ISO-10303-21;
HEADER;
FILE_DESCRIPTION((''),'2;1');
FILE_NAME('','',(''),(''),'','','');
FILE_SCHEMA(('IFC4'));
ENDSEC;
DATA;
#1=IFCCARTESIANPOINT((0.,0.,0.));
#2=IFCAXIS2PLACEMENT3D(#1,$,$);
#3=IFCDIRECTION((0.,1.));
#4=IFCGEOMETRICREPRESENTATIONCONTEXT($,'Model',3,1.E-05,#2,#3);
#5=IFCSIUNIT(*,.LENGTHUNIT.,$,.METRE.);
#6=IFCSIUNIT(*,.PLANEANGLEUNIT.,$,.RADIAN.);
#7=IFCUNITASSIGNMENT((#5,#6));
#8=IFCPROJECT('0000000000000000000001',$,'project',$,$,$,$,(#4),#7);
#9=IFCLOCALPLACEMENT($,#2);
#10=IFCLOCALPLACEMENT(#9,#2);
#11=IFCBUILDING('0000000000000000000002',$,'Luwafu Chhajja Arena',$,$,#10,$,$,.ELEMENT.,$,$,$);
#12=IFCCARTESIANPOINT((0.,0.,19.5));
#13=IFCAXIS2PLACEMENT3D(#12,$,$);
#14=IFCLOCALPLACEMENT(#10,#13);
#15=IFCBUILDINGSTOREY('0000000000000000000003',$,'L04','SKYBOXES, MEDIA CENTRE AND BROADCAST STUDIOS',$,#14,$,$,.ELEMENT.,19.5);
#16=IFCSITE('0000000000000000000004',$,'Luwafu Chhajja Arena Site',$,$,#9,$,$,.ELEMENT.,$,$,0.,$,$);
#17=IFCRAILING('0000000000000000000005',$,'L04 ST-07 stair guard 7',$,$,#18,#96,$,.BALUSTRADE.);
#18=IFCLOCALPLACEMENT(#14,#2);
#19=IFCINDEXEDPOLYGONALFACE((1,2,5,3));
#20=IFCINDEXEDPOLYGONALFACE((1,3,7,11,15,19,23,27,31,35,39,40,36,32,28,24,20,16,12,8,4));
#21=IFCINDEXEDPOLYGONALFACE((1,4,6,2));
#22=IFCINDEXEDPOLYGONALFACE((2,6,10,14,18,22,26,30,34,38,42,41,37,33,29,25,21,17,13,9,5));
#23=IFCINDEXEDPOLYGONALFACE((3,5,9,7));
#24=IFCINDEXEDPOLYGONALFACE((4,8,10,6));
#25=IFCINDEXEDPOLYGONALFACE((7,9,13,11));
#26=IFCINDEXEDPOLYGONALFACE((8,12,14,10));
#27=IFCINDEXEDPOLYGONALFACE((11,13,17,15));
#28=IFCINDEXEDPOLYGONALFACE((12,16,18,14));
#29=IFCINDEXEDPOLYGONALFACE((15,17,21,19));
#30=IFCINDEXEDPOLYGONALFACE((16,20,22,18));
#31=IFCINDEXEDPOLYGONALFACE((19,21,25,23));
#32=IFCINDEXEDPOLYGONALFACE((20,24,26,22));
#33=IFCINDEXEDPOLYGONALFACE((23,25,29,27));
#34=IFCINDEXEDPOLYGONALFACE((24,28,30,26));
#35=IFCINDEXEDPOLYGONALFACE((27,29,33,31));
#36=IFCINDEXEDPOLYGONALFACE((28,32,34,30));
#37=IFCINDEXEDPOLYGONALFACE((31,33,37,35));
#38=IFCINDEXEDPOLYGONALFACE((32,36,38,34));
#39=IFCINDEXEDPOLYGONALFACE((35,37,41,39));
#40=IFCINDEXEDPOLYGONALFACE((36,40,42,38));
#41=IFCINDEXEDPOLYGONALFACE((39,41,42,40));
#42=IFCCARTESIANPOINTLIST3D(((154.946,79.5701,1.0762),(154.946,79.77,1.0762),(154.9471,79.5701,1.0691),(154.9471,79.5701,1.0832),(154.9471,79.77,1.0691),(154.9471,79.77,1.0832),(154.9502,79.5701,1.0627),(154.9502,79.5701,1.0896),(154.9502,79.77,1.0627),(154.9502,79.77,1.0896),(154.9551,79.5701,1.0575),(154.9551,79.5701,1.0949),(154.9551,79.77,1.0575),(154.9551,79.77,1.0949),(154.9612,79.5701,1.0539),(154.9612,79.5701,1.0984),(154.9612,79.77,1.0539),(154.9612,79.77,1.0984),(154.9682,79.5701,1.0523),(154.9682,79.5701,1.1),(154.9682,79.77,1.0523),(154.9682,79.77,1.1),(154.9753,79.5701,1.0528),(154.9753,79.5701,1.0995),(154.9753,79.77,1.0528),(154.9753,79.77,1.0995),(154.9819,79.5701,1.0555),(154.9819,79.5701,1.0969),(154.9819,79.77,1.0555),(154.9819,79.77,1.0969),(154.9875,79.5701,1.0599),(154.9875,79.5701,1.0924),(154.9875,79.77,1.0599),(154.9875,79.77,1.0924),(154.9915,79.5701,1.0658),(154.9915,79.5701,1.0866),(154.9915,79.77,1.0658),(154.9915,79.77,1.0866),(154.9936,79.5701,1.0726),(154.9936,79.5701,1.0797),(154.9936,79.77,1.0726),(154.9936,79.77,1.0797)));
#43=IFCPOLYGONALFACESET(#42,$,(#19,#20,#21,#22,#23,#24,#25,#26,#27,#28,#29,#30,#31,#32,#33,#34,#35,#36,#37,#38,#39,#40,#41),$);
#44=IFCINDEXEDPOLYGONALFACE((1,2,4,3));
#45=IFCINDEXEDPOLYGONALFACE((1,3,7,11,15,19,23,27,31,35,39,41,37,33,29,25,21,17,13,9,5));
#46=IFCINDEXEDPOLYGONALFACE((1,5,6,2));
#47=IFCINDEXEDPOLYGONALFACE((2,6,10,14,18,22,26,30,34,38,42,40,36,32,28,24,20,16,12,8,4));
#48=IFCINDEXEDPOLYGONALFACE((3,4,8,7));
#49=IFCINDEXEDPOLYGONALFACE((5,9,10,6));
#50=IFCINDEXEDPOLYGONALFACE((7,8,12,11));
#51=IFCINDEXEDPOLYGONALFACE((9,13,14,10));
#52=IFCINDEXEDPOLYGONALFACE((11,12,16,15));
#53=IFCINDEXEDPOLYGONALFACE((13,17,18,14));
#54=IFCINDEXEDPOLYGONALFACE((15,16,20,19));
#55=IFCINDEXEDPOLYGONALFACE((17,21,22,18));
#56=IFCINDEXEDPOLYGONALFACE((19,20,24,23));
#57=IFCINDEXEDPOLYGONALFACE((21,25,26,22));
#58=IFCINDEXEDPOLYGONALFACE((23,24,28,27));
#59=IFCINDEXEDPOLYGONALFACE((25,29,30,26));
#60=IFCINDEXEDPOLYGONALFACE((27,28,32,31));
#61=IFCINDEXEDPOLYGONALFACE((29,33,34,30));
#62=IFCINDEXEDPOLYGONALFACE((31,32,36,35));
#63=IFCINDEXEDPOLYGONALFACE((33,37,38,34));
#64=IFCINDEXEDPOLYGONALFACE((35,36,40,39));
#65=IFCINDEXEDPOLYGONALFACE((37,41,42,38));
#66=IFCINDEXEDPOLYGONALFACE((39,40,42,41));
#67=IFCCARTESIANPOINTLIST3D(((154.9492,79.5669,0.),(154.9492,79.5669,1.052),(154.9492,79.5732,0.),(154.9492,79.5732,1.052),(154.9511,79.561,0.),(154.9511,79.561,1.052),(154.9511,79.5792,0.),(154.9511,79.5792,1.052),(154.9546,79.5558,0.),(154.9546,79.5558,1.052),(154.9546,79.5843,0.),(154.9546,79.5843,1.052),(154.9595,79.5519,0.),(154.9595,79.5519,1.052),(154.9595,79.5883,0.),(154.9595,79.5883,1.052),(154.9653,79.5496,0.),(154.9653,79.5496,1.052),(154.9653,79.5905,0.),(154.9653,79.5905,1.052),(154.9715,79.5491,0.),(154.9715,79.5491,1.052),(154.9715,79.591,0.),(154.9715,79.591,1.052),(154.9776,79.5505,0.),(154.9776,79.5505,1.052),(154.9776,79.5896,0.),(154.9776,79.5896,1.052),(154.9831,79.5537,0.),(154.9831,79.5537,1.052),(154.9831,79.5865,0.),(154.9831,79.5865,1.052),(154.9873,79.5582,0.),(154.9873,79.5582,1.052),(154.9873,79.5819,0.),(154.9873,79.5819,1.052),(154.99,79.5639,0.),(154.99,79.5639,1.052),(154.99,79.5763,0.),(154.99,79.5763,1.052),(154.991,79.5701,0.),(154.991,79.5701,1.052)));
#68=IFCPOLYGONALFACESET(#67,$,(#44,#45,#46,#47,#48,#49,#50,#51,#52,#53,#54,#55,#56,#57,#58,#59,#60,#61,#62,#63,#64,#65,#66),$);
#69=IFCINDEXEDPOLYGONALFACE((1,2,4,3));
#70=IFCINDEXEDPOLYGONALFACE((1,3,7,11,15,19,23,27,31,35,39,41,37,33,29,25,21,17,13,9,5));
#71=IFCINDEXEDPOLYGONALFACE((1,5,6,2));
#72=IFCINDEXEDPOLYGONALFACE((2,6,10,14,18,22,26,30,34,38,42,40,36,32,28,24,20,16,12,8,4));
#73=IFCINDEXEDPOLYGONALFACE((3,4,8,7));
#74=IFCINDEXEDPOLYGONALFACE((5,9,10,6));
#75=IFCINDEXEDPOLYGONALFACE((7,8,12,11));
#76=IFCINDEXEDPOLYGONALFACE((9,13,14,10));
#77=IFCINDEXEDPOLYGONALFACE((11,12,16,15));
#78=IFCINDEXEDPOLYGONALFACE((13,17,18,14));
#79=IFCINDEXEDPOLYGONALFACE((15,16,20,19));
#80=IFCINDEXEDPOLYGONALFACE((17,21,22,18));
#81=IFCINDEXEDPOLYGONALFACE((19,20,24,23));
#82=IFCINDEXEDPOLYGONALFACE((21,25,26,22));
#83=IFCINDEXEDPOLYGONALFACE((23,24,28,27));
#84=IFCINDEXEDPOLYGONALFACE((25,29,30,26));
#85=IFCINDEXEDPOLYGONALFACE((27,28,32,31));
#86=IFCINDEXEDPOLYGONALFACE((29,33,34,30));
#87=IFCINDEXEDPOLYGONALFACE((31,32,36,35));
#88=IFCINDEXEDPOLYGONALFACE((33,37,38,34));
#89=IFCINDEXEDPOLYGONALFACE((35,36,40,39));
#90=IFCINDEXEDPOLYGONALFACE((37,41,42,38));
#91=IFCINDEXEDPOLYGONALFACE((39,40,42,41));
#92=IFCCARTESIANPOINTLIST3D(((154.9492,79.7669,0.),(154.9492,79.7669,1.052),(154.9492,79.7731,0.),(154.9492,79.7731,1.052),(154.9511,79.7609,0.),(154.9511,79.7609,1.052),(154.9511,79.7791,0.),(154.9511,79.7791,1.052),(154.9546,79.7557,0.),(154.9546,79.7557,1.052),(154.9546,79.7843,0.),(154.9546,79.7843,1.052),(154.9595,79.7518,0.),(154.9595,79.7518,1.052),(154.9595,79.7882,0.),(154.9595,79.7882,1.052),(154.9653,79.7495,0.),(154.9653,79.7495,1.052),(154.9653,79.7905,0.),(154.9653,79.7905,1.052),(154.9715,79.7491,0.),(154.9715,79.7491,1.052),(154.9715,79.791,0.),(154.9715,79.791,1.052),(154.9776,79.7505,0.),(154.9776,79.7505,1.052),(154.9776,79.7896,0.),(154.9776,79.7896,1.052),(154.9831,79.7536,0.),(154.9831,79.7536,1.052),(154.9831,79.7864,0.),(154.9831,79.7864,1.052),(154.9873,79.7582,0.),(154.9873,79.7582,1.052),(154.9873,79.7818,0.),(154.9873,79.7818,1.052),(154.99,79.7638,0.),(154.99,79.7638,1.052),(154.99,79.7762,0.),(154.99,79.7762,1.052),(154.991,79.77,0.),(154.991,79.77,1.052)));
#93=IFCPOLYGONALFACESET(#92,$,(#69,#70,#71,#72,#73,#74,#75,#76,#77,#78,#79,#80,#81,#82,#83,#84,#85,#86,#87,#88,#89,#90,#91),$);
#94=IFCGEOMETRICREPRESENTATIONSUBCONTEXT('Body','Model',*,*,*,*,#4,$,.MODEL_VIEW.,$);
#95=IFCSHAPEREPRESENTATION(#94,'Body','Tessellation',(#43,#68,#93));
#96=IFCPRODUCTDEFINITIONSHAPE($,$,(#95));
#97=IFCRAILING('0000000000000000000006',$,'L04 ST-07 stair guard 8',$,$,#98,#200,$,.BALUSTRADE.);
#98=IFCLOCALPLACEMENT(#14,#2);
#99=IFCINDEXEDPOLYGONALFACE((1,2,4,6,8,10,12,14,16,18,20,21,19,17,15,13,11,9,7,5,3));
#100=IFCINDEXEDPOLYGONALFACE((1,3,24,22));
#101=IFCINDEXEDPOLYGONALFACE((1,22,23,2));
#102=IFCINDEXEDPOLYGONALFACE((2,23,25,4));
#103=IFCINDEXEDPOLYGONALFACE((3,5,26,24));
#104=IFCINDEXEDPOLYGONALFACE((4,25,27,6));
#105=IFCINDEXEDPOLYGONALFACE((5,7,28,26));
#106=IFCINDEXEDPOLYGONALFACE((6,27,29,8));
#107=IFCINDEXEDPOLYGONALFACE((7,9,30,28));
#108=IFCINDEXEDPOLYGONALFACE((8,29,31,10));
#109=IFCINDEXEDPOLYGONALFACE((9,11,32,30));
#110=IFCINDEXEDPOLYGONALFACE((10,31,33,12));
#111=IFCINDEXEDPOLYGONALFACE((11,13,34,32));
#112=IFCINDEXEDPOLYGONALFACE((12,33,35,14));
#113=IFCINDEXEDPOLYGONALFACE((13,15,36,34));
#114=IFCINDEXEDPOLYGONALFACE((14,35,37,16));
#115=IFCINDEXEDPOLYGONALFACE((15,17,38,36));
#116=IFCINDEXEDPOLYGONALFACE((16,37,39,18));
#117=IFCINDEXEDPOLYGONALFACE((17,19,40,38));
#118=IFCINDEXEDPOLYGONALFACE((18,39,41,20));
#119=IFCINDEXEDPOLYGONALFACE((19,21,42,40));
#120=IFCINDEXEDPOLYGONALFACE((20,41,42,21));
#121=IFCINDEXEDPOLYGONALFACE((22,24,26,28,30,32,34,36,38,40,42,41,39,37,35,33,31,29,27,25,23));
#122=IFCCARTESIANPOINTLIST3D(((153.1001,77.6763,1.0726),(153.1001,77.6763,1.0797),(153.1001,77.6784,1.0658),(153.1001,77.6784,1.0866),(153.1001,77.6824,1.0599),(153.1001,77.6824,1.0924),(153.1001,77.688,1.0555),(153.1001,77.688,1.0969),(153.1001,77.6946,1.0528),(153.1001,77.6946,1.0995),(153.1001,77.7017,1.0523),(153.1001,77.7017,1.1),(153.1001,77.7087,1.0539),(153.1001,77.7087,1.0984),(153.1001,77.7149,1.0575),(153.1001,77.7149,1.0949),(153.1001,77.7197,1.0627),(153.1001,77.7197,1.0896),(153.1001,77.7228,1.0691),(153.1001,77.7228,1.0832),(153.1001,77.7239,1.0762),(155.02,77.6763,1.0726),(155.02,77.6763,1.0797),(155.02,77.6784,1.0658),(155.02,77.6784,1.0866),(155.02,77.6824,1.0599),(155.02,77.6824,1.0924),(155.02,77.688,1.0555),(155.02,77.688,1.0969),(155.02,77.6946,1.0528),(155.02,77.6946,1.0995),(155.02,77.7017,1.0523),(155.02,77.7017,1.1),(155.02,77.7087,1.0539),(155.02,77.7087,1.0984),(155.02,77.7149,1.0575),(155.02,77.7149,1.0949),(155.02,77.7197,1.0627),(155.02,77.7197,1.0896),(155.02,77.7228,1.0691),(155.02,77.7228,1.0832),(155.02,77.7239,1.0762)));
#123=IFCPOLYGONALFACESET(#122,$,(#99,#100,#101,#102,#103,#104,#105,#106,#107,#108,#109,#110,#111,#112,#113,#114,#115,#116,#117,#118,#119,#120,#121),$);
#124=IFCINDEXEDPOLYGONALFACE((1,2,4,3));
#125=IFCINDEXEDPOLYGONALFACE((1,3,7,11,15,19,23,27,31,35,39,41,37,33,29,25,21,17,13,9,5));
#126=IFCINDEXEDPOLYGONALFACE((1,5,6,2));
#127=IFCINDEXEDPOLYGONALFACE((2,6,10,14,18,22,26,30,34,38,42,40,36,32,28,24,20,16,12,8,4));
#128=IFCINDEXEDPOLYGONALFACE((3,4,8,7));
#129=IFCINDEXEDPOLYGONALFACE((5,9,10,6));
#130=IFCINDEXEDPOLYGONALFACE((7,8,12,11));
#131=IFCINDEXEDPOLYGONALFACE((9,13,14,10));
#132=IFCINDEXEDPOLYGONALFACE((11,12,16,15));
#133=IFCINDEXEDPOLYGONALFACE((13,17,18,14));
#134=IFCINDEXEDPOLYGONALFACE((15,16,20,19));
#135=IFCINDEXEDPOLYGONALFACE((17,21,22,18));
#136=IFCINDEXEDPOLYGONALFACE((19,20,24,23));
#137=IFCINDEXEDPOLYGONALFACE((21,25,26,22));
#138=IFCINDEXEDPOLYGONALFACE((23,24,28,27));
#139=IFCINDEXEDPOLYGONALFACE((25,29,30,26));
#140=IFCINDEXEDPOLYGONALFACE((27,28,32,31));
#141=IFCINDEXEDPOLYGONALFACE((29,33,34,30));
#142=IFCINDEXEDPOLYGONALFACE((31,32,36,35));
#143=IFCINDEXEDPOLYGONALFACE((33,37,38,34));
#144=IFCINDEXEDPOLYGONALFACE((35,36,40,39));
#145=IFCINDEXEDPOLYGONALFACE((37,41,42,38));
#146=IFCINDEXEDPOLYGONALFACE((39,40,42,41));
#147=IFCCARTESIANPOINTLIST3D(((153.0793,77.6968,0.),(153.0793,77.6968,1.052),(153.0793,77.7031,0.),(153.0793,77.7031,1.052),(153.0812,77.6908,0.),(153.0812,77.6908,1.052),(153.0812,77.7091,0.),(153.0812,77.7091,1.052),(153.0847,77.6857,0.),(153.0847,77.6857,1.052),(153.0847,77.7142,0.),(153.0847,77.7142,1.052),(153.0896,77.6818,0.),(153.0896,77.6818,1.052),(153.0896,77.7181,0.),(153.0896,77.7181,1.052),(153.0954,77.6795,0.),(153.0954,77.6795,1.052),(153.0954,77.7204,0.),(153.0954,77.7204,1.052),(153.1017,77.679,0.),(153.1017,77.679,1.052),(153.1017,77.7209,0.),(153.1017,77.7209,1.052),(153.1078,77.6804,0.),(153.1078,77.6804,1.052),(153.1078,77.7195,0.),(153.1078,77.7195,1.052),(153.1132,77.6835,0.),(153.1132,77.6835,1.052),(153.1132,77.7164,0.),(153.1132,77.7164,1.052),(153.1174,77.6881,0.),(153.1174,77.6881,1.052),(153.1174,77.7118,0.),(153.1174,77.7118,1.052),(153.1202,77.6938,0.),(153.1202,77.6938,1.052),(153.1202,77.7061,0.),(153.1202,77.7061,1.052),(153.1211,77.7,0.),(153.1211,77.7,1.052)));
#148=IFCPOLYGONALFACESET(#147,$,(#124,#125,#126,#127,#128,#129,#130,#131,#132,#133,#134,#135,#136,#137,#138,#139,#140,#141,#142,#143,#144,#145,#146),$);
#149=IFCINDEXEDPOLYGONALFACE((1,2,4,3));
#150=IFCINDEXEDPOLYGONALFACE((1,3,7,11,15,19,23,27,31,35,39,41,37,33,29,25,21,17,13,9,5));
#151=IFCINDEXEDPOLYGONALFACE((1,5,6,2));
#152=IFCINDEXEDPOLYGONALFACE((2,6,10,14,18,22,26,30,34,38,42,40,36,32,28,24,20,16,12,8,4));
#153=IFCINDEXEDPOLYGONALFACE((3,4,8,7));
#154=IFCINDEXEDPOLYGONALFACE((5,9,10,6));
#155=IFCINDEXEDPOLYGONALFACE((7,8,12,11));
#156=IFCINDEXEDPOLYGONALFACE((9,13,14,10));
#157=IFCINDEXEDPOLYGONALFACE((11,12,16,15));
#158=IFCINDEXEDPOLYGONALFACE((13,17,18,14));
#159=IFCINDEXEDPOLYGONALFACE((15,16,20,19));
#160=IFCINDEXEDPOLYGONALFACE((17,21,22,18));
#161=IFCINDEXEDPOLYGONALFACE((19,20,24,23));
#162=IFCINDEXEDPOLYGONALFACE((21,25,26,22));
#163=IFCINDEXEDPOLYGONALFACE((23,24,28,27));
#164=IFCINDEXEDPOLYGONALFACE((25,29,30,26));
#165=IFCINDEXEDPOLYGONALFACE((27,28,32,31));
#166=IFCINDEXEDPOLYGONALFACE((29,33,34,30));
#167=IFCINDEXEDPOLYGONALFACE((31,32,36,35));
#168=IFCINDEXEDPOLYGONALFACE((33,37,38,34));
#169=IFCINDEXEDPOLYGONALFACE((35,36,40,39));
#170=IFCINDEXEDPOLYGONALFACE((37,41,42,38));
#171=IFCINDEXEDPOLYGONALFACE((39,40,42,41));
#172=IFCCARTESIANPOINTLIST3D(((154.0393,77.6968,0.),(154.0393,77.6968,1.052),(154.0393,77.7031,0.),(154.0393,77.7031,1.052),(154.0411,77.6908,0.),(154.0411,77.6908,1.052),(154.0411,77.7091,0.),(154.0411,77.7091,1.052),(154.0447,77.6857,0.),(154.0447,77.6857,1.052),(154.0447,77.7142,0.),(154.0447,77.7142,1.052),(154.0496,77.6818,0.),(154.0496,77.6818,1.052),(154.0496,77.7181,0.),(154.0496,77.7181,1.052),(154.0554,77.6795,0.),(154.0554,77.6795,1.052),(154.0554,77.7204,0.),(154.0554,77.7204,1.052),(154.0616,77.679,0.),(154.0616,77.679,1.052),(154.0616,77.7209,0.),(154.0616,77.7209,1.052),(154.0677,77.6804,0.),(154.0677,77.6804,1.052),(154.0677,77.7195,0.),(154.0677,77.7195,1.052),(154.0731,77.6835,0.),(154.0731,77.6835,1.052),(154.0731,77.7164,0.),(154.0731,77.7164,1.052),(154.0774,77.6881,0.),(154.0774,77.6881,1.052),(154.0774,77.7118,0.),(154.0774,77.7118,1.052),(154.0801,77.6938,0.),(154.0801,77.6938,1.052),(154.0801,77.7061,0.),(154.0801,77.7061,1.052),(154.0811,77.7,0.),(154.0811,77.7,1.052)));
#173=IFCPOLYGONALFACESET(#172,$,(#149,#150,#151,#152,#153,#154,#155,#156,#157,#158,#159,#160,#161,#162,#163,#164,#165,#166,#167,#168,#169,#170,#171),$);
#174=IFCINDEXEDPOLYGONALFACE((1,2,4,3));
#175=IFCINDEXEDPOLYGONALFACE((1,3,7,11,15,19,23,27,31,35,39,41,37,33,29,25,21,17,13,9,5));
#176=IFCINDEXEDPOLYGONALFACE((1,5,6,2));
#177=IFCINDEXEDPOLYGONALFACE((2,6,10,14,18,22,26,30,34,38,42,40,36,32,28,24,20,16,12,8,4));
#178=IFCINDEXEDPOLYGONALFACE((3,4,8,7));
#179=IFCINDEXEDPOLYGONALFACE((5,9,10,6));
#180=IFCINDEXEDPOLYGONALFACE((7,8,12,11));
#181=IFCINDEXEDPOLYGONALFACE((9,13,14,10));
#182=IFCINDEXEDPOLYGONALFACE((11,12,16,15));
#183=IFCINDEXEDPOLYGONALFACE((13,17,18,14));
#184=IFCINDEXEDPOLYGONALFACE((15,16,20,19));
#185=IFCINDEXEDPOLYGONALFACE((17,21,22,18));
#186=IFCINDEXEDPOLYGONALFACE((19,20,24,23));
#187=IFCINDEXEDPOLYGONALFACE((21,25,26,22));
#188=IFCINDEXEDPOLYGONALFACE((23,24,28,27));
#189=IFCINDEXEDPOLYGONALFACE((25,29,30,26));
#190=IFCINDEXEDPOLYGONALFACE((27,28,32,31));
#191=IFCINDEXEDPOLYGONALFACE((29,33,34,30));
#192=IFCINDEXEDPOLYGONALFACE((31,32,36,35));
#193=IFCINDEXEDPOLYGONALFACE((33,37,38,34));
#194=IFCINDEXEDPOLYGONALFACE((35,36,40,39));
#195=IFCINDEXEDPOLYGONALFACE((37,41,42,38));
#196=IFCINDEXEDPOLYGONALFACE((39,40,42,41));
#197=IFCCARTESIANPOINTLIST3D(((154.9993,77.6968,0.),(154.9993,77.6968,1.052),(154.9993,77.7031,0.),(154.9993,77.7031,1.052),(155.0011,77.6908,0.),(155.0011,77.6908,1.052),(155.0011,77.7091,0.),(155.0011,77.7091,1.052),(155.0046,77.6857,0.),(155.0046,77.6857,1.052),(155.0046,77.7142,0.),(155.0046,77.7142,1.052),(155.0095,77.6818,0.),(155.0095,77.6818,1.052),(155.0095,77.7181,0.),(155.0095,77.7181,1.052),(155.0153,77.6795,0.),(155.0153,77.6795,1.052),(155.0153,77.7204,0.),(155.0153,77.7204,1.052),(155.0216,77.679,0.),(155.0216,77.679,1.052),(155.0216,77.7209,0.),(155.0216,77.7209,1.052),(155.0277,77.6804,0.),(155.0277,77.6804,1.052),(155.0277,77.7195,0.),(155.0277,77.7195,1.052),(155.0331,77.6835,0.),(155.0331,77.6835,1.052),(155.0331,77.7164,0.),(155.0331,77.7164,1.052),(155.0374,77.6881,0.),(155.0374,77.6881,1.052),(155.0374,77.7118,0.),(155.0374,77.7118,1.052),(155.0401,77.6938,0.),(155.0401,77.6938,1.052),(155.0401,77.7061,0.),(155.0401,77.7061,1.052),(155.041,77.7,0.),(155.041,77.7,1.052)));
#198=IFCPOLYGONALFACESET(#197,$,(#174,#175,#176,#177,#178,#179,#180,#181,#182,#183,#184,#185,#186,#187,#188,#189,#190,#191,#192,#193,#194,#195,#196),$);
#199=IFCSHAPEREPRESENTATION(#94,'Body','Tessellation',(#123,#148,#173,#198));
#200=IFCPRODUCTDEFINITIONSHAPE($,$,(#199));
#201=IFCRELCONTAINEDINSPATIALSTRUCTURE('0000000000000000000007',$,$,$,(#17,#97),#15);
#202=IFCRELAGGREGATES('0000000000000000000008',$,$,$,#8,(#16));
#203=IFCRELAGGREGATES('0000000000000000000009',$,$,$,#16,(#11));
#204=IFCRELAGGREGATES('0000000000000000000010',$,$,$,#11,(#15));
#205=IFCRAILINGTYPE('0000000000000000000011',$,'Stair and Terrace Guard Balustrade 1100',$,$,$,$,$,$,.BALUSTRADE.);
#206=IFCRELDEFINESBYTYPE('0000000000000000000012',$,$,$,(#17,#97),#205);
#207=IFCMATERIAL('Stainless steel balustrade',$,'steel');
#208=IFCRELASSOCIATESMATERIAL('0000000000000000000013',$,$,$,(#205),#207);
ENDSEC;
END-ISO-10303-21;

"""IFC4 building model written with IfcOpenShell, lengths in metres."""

from ifc_helpers import new_model, si_unit, direction, frame, origin, origin_2d, place, context, subcontext, project, spatial, circle, extrude, material, type_object, element, save


model = new_model("IFC4")

# Units and contexts
model_context = context("Model", 3, precision=1e-05, world=origin(), true_north=direction((0.0, 1.0)))
body_context = subcontext(model_context, "Body", "Model", "MODEL_VIEW")
ifc_project = project(units=[si_unit("LENGTHUNIT", "METRE"), si_unit("PLANEANGLEUNIT", "RADIAN")], contexts=[model_context])

# Site, building, storey
site_placement = place(None, origin())
site = spatial("IfcSite", under=ifc_project, at=site_placement, Name="Luwafu Chhajja Arena Site", CompositionType="ELEMENT", RefElevation=0.0)
building_placement = place(site_placement, origin())
building = spatial("IfcBuilding", under=site, at=building_placement, Name="Luwafu Chhajja Arena", CompositionType="ELEMENT")
storey_placement = place(building_placement, frame((0.0, 0.0, 19.5)))
storey = spatial("IfcBuildingStorey", under=building, at=storey_placement, Name="L04", Description="SKYBOXES, MEDIA CENTRE AND BROADCAST STUDIOS", CompositionType="ELEMENT", Elevation=19.5)

# Railings
ifc_material_1 = material(Name="Stainless steel balustrade", Category="steel")
railing_type_1 = type_object("IfcRailingType", Name="Stair and Terrace Guard Balustrade 1100", PredefinedType="BALUSTRADE", material=ifc_material_1)
railing_1_placement = place(storey_placement, frame((154.97, 79.5701, 0.0)))
element("IfcRailing", 1, at=railing_1_placement, inside=storey, type_object=railing_type_1, Name="L04 ST-07 stair guard 7", PredefinedType="BALUSTRADE", context=body_context, shape_type="SweptSolid", body=[
    extrude(circle(Radius=0.0239, at=origin_2d()), frame((0.0, 0.0, 1.0762), z_axis=(0.0, 1.0, 0.0), x_axis=(-1.0, 0.0, 0.0)), (0.0, 0.0, 1.0), 0.2),
    extrude(circle(Radius=0.021, at=origin_2d()), origin(), (0.0, 0.0, 1.0), 1.052),
    extrude(circle(Radius=0.021, at=origin_2d()), frame((0.0, 0.2, 0.0)), (0.0, 0.0, 1.0), 1.052),
])
for number, where, name in (
    (2, (153.1001, 77.7, 0.0), "L04 ST-07 stair guard 8"),
):
    element("IfcRailing", number, at=place(storey_placement, frame(where)), inside=storey, type_object=railing_type_1, Name=name, PredefinedType="BALUSTRADE", context=body_context, shape_type="SweptSolid", body=[
        extrude(circle(Radius=0.0239, at=origin_2d()), frame((0.0, 0.0, 1.0762), z_axis=(1.0, 0.0, 0.0), x_axis=(0.0, 1.0, 0.0)), (0.0, 0.0, 1.0), 1.9199),
        extrude(circle(Radius=0.021, at=origin_2d()), origin(), (0.0, 0.0, 1.0), 1.052),
        extrude(circle(Radius=0.021, at=origin_2d()), frame((0.96, 0.0, 0.0)), (0.0, 0.0, 1.0), 1.052),
        extrude(circle(Radius=0.021, at=origin_2d()), frame((1.9199, 0.0, 0.0)), (0.0, 0.0, 1.0), 1.052),
    ])

save(model, "model.ifc")
